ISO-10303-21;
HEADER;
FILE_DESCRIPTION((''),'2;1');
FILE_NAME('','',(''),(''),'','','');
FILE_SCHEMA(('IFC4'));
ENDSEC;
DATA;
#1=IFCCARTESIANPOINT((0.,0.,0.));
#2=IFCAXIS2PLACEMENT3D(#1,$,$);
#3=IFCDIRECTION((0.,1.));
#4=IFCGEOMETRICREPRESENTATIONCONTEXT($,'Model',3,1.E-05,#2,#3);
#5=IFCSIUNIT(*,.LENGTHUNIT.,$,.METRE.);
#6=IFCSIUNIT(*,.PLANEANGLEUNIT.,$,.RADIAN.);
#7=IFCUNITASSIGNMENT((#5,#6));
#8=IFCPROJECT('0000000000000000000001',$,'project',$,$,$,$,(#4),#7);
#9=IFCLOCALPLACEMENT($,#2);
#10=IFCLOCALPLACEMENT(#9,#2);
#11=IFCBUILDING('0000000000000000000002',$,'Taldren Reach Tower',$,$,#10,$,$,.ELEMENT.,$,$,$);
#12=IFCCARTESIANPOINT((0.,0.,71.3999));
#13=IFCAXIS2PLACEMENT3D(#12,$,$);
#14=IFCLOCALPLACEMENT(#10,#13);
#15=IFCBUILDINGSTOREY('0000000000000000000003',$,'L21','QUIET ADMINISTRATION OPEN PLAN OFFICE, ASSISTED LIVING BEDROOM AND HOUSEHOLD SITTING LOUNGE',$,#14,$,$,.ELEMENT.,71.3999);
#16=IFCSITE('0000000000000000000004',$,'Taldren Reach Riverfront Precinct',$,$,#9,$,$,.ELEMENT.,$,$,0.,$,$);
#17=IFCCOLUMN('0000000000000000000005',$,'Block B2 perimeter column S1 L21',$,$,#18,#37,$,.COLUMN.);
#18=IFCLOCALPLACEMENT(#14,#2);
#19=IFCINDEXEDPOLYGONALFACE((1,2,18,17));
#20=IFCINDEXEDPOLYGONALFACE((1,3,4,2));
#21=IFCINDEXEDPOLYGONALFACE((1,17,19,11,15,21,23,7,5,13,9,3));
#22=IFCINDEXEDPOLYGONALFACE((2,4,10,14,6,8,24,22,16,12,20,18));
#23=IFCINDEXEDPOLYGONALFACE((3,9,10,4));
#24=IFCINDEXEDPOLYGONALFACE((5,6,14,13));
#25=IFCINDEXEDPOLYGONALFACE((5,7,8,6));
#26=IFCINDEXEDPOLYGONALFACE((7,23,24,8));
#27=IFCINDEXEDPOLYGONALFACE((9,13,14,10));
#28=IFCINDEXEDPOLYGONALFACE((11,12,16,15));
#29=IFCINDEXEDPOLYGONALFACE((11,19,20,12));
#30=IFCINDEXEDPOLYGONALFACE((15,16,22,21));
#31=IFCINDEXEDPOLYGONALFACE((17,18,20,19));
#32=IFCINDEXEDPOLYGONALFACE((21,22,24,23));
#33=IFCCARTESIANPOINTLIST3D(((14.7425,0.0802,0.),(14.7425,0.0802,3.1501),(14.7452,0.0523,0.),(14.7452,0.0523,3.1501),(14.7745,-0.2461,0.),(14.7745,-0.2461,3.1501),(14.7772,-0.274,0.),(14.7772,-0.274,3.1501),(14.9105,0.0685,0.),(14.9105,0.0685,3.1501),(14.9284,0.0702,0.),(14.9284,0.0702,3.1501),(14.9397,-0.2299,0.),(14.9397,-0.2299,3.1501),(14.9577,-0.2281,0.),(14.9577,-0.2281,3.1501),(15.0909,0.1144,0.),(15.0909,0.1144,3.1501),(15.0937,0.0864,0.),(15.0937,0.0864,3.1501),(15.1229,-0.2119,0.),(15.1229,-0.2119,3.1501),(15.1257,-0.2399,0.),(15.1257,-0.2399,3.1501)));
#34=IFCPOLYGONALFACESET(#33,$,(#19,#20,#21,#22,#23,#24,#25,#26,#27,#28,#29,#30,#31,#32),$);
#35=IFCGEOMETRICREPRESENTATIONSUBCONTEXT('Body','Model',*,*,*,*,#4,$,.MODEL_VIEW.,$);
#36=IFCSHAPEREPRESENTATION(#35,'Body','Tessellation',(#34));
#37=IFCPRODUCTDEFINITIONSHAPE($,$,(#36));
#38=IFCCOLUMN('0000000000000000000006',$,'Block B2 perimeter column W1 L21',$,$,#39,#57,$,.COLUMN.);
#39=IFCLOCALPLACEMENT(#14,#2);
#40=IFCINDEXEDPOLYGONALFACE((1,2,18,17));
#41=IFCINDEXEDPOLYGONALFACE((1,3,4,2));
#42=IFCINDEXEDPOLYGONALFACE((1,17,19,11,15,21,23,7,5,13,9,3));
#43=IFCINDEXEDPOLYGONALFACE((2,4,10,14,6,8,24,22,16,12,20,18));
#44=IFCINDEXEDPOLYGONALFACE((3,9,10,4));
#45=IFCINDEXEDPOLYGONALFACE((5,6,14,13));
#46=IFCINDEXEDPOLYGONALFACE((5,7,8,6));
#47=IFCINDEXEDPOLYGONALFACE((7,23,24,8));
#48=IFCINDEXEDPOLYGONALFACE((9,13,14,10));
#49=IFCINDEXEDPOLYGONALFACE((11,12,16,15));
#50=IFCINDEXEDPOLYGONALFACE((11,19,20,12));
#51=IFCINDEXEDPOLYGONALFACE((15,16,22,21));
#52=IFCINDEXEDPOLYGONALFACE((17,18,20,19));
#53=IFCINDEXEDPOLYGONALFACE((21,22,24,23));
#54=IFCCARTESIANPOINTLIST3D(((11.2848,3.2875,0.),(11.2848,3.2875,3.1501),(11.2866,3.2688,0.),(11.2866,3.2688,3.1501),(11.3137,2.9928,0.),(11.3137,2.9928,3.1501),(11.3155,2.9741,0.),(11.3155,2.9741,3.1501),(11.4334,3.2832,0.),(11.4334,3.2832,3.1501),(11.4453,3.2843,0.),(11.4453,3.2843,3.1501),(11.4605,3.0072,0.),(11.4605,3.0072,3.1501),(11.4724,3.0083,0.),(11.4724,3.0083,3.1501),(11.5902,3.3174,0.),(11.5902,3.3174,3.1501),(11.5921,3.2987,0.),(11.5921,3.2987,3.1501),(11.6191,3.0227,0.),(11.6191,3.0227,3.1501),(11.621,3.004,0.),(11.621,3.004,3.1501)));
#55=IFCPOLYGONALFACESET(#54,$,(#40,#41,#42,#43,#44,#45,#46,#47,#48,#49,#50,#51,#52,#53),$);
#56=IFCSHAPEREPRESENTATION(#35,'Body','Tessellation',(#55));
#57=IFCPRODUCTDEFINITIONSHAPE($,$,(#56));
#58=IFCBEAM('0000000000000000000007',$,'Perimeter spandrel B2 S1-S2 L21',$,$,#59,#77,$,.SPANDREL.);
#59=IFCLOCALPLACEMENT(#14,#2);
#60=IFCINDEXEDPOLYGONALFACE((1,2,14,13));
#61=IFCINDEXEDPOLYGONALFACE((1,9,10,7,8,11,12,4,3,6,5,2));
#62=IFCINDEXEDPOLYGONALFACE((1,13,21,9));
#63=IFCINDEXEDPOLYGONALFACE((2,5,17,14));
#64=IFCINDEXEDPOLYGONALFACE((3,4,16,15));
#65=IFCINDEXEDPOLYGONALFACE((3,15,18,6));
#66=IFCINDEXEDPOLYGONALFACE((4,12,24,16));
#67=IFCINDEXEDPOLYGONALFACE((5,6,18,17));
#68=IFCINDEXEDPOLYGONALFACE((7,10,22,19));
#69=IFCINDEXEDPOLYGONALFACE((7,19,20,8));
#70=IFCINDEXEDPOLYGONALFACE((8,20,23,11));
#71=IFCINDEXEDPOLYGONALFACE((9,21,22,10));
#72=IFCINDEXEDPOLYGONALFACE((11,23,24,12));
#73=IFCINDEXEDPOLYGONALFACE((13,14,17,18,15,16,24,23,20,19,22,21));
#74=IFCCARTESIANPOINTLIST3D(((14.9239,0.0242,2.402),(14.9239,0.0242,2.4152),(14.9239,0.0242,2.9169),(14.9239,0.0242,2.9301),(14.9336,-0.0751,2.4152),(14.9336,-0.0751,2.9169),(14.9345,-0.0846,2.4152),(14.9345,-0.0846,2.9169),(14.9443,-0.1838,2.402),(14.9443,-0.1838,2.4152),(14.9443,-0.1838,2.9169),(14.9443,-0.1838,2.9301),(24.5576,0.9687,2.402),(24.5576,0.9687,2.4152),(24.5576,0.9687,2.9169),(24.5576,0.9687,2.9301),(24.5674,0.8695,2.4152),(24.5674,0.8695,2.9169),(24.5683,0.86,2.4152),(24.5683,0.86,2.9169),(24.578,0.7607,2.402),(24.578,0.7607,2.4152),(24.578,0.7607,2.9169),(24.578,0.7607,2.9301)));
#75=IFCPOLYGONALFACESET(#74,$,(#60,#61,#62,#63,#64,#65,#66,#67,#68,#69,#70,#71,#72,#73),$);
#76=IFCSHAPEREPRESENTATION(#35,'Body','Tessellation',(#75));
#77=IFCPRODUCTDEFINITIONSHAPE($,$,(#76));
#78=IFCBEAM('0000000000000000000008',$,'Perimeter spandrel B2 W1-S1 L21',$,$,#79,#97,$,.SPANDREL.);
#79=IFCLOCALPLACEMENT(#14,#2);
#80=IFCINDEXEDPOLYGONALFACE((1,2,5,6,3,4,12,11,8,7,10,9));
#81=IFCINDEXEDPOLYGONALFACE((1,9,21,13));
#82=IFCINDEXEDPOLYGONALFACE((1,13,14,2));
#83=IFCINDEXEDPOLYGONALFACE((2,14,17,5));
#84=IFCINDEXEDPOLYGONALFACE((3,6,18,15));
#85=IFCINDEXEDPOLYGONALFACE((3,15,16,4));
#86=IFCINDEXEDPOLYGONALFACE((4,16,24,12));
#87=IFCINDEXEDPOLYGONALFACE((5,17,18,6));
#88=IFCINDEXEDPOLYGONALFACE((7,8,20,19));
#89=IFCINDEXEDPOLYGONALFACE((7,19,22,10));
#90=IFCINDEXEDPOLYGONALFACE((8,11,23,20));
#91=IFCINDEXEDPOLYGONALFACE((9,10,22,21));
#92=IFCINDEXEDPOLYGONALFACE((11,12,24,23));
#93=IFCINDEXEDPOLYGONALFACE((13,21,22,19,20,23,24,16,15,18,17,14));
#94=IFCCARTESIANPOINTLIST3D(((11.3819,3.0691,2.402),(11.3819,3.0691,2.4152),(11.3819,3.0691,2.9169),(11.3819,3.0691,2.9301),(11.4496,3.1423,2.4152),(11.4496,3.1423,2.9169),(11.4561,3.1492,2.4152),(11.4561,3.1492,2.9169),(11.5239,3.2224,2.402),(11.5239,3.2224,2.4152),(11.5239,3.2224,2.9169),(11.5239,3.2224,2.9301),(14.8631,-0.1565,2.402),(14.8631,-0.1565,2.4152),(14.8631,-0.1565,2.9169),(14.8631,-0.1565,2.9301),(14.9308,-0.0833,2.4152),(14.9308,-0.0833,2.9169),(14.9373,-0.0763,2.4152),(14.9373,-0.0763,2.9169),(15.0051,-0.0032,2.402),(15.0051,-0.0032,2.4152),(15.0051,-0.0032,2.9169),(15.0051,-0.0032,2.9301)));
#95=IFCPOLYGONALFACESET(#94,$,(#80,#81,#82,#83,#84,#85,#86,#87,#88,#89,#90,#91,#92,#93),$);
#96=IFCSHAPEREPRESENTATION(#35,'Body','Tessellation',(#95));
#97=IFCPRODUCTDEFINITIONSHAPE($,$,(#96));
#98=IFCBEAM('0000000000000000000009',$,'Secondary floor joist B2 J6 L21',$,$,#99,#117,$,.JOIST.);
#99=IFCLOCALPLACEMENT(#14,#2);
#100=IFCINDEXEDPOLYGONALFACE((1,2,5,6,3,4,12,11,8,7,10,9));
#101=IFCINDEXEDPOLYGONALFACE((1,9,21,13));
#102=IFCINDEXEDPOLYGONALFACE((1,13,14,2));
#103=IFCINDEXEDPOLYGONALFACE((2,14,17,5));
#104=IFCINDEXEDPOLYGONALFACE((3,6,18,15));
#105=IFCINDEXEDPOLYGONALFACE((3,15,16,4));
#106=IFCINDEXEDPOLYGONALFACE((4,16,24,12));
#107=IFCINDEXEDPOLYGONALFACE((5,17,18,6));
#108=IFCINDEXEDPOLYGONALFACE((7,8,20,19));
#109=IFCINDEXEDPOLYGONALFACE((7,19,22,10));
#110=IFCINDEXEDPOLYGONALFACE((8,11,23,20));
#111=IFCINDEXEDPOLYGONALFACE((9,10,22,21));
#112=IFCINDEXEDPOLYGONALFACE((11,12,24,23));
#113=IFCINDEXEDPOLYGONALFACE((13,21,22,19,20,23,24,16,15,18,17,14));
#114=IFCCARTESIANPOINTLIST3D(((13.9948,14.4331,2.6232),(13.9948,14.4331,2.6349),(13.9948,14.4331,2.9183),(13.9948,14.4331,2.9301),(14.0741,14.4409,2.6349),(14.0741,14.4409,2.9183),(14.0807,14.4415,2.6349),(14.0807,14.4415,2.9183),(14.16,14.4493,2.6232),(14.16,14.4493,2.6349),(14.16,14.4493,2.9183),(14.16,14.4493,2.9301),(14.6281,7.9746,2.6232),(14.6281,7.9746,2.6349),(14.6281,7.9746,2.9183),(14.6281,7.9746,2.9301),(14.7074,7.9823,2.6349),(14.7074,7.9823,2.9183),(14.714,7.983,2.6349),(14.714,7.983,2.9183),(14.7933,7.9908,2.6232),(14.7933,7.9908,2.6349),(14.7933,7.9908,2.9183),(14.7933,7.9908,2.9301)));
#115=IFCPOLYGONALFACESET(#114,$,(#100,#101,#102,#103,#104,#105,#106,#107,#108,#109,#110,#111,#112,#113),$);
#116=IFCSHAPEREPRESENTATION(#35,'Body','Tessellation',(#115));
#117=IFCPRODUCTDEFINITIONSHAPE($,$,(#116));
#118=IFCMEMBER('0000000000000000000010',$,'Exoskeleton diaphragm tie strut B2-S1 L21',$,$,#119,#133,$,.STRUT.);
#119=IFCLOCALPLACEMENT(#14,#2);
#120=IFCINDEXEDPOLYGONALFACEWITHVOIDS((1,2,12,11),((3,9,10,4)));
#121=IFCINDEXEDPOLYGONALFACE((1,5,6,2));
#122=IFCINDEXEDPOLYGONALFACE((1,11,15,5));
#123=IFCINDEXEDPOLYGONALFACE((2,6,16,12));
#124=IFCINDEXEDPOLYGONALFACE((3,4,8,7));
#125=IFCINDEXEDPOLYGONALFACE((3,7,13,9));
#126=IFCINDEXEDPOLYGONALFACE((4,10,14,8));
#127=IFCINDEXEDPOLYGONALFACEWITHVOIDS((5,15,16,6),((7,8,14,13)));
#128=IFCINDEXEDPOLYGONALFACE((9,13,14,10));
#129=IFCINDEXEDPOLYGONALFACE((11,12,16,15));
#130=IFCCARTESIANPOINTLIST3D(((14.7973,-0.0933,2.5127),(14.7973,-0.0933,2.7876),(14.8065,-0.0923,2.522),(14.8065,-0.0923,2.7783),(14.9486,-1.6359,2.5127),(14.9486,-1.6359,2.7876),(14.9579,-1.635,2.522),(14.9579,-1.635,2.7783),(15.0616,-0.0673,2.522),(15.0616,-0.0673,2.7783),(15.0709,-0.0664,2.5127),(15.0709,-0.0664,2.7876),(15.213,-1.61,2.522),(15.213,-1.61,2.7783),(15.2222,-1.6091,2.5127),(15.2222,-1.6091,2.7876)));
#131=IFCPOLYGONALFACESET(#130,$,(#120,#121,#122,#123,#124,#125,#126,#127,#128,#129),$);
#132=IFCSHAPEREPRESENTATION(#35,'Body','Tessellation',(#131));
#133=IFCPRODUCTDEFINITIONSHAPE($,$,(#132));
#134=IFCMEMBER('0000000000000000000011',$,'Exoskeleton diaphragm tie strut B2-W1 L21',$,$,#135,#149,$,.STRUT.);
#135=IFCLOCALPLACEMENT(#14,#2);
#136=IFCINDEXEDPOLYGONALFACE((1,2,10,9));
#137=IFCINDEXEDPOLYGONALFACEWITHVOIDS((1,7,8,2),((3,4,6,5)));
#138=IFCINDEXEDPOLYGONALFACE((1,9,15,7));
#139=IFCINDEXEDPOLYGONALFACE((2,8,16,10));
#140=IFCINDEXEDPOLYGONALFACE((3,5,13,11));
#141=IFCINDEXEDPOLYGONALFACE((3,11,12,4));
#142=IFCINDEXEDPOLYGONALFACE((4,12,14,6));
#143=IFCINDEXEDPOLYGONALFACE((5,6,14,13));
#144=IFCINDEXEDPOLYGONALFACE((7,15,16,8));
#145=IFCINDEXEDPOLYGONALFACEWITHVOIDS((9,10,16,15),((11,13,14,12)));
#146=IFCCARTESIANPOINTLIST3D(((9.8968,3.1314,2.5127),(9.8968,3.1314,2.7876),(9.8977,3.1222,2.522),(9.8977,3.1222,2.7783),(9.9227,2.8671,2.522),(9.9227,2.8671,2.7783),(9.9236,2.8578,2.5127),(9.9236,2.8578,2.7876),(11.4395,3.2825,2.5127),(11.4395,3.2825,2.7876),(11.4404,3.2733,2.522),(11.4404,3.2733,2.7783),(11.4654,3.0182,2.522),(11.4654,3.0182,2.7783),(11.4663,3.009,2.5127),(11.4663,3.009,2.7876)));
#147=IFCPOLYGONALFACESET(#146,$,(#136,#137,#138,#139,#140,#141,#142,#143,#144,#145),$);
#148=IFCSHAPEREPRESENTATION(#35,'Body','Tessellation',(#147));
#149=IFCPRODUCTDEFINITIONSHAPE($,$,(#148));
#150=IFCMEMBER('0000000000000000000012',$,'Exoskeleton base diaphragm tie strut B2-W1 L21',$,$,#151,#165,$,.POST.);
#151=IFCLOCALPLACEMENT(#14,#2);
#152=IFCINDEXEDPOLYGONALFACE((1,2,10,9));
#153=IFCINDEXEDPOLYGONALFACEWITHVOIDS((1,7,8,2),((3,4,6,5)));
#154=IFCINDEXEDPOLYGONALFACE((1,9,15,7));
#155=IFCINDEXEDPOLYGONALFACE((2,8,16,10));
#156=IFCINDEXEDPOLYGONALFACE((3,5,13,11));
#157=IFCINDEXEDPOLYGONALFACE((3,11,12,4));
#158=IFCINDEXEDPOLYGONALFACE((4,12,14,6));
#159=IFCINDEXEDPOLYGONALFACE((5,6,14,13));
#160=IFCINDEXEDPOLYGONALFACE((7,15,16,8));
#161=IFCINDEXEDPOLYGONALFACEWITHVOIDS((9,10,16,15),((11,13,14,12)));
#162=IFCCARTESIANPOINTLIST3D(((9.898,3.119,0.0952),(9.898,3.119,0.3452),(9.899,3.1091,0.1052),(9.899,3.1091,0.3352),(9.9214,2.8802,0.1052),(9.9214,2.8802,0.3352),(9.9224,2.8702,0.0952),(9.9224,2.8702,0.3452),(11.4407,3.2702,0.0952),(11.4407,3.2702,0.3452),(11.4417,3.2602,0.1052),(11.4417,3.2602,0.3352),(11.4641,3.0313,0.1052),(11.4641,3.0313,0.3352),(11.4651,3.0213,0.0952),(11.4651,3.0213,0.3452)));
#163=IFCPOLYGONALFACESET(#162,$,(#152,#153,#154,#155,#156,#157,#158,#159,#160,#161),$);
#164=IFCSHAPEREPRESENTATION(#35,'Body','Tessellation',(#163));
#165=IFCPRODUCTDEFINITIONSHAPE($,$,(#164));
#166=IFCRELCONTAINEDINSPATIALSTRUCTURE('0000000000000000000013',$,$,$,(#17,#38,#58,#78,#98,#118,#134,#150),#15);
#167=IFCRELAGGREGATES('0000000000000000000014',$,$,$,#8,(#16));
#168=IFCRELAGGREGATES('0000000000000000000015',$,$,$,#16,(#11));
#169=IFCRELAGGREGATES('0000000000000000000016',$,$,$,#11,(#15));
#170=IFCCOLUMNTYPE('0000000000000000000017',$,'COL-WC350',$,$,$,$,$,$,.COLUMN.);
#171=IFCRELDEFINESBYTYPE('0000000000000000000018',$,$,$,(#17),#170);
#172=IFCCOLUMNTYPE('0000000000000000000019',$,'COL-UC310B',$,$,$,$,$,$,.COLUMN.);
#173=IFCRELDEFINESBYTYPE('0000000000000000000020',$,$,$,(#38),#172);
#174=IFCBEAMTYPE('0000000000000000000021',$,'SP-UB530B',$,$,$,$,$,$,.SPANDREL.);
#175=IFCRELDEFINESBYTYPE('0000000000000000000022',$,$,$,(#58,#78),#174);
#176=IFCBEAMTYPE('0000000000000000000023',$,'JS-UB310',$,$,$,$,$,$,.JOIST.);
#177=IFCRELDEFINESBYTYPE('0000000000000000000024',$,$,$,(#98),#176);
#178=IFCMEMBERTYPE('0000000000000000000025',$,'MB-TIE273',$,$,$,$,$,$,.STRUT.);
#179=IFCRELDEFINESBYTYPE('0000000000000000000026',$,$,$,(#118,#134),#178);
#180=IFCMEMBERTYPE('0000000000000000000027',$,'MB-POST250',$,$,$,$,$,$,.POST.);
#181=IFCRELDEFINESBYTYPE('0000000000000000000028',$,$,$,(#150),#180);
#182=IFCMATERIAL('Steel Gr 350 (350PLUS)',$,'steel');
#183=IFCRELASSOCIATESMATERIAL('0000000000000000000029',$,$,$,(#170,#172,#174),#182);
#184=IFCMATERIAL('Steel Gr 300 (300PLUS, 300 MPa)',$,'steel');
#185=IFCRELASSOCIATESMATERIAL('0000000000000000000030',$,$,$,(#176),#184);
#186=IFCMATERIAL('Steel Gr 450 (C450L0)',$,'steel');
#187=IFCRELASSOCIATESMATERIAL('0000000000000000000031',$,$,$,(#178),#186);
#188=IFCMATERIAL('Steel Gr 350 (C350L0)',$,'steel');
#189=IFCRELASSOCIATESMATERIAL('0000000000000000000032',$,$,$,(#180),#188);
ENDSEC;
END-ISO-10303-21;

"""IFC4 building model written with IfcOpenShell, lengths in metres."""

from ifc_helpers import new_model, si_unit, direction, frame, origin, origin_2d, place, context, subcontext, project, spatial, hollow_rectangle, i_section, extrude, source, transform, mapped, material, material_profile, profile_set, type_object, element, save


model = new_model("IFC4")

# Units and contexts
model_context = context("Model", 3, precision=1e-05, world=origin(), true_north=direction((0.0, 1.0)))
body_context = subcontext(model_context, "Body", "Model", "MODEL_VIEW")
ifc_project = project(units=[si_unit("LENGTHUNIT", "METRE"), si_unit("PLANEANGLEUNIT", "RADIAN")], contexts=[model_context])

# Site, building, storey
site_placement = place(None, origin())
site = spatial("IfcSite", under=ifc_project, at=site_placement, Name="Taldren Reach Riverfront Precinct", CompositionType="ELEMENT", RefElevation=0.0)
building_placement = place(site_placement, origin())
building = spatial("IfcBuilding", under=site, at=building_placement, Name="Taldren Reach Tower", CompositionType="ELEMENT")
storey_placement = place(building_placement, frame((0.0, 0.0, 71.3999)))
storey = spatial("IfcBuildingStorey", under=building, at=storey_placement, Name="L21", Description="QUIET ADMINISTRATION OPEN PLAN OFFICE, ASSISTED LIVING BEDROOM AND HOUSEHOLD SITTING LOUNGE", CompositionType="ELEMENT", Elevation=71.3999)

# Columns
ifc_material_1 = material(Name="Steel Gr 350 (350PLUS)", Category="steel")
ifc_material_profile_1 = material_profile(ifc_material_1, i_section(OverallWidth=0.3501, OverallDepth=0.356, WebThickness=0.0181, FlangeThickness=0.0281, at=origin_2d()), Name="350WC197")
ifc_profile_set_1 = profile_set([ifc_material_profile_1], Name="Steel Gr 350 (350PLUS)")
column_type_1 = type_object("IfcColumnType", Name="COL-WC350", PredefinedType="COLUMN", material=ifc_profile_set_1)
shared_shape_1 = source(origin(), body_context, "Body", "SweptSolid", [
    extrude(i_section(OverallWidth=0.3501, OverallDepth=0.356, WebThickness=0.0181, FlangeThickness=0.0281, at=origin_2d()), origin(), (0.0, 0.0, 1.0), 3.1501),
])
column_1_placement = place(storey_placement, frame((14.9341, -0.0798, 0.0), z_axis=(0.0, 0.0, 1.0), x_axis=(0.995227, 0.097583, 0.0)))
element("IfcColumn", 1, at=column_1_placement, inside=storey, type_object=column_type_1, Name="Block B2 perimeter column S1 L21", PredefinedType="COLUMN", context=body_context, shape_type="MappedRepresentation", body=[
    mapped(shared_shape_1, transform((0.0, 0.0, 0.0), scale=1.0)),
])
ifc_material_profile_2 = material_profile(ifc_material_1, i_section(OverallWidth=0.3069, OverallDepth=0.3149, WebThickness=0.012, FlangeThickness=0.0188, at=origin_2d()), Name="310UC118")
ifc_profile_set_2 = profile_set([ifc_material_profile_2], Name="Steel Gr 350 (350PLUS)")
column_type_2 = type_object("IfcColumnType", Name="COL-UC310B", PredefinedType="COLUMN", material=ifc_profile_set_2)
shared_shape_2 = source(origin(), body_context, "Body", "SweptSolid", [
    extrude(i_section(OverallWidth=0.3069, OverallDepth=0.3149, WebThickness=0.012, FlangeThickness=0.0188, at=origin_2d()), origin(), (0.0, 0.0, 1.0), 3.1501),
])
column_2_placement = place(storey_placement, frame((11.4529, 3.1458, 0.0), z_axis=(0.0, 0.0, 1.0), x_axis=(0.995227, 0.097583, 0.0)))
element("IfcColumn", 2, at=column_2_placement, inside=storey, type_object=column_type_2, Name="Block B2 perimeter column W1 L21", PredefinedType="COLUMN", context=body_context, shape_type="MappedRepresentation", body=[
    mapped(shared_shape_2, transform((0.0, 0.0, 0.0), scale=1.0)),
])

# Beams
ifc_material_profile_3 = material_profile(ifc_material_1, i_section(OverallWidth=0.209, OverallDepth=0.5281, WebThickness=0.0095, FlangeThickness=0.0132, at=origin_2d()), Name="530UB82.0")
ifc_profile_set_3 = profile_set([ifc_material_profile_3], Name="Steel Gr 350 (350PLUS)")
beam_type_1 = type_object("IfcBeamType", Name="SP-UB530B", PredefinedType="SPANDREL", material=ifc_profile_set_3)
shared_shape_3 = source(origin(), body_context, "Body", "SweptSolid", [
    extrude(i_section(OverallWidth=0.209, OverallDepth=0.5281, WebThickness=0.0095, FlangeThickness=0.0132, at=origin_2d()), origin(), (0.0, 0.0, 1.0), 9.6799),
])
beam_1_placement = place(storey_placement, frame((14.9341, -0.0798, 2.666), z_axis=(0.995228, 0.097581, 0.0), x_axis=(-0.097581, 0.995228, 0.0)))
element("IfcBeam", 3, at=beam_1_placement, inside=storey, type_object=beam_type_1, Name="Perimeter spandrel B2 S1-S2 L21", PredefinedType="SPANDREL", context=body_context, shape_type="MappedRepresentation", body=[
    mapped(shared_shape_3, transform((0.0, 0.0, 0.0), scale=1.0)),
])
shared_shape_4 = source(origin(), body_context, "Body", "SweptSolid", [
    extrude(i_section(OverallWidth=0.209, OverallDepth=0.5281, WebThickness=0.0095, FlangeThickness=0.0132, at=origin_2d()), origin(), (0.0, 0.0, 1.0), 4.7458),
])
beam_2_placement = place(storey_placement, frame((11.4529, 3.1458, 2.666), z_axis=(0.733524, -0.679663, 0.0), x_axis=(0.679663, 0.733524, 0.0)))
element("IfcBeam", 4, at=beam_2_placement, inside=storey, type_object=beam_type_1, Name="Perimeter spandrel B2 W1-S1 L21", PredefinedType="SPANDREL", context=body_context, shape_type="MappedRepresentation", body=[
    mapped(shared_shape_4, transform((0.0, 0.0, 0.0), scale=1.0)),
])
ifc_material_2 = material(Name="Steel Gr 300 (300PLUS, 300 MPa)", Category="steel")
ifc_material_profile_4 = material_profile(ifc_material_2, i_section(OverallWidth=0.166, OverallDepth=0.3069, WebThickness=0.0066, FlangeThickness=0.0117, at=origin_2d()), Name="310UB46.2")
ifc_profile_set_4 = profile_set([ifc_material_profile_4], Name="Steel Gr 300 (300PLUS, 300 MPa)")
beam_type_2 = type_object("IfcBeamType", Name="JS-UB310", PredefinedType="JOIST", material=ifc_profile_set_4)
shared_shape_5 = source(origin(), body_context, "Body", "SweptSolid", [
    extrude(i_section(OverallWidth=0.166, OverallDepth=0.3069, WebThickness=0.0066, FlangeThickness=0.0117, at=origin_2d()), origin(), (0.0, 0.0, 1.0), 6.4895),
])
beam_3_placement = place(storey_placement, frame((14.7107, 7.9827, 2.7766), z_axis=(-0.097589, 0.995227, 0.0), x_axis=(-0.995227, -0.097589, 0.0)))
element("IfcBeam", 5, at=beam_3_placement, inside=storey, type_object=beam_type_2, Name="Secondary floor joist B2 J6 L21", PredefinedType="JOIST", context=body_context, shape_type="MappedRepresentation", body=[
    mapped(shared_shape_5, transform((0.0, 0.0, 0.0), scale=1.0)),
])

# Members
ifc_material_3 = material(Name="Steel Gr 450 (C450L0)", Category="steel")
ifc_material_profile_5 = material_profile(ifc_material_3, hollow_rectangle(XDim=0.2749, YDim=0.2749, WallThickness=0.0093, at=origin_2d()), Name="275x275x9.3SHS")
ifc_profile_set_5 = profile_set([ifc_material_profile_5], Name="Steel Gr 450 (C450L0)")
member_type_1 = type_object("IfcMemberType", Name="MB-TIE273", PredefinedType="STRUT", material=ifc_profile_set_5)
shared_shape_6 = source(origin(), body_context, "Body", "SweptSolid", [
    extrude(hollow_rectangle(XDim=0.2749, YDim=0.2749, WallThickness=0.0093, at=origin_2d()), origin(), (0.0, 0.0, 1.0), 1.55),
])
for number, where, z_axis, x_axis, name in (
    (6, (14.9341, -0.0798, 2.6501), (0.097648, -0.995221, 0.0), (0.995221, 0.097648, 0.0), "Exoskeleton diaphragm tie strut B2-S1 L21"),
    (7, (11.4529, 3.1458, 2.6501), (-0.995236, -0.097492, 0.0), (0.097492, -0.995236, 0.0), "Exoskeleton diaphragm tie strut B2-W1 L21"),
):
    element("IfcMember", number, at=place(storey_placement, frame(where, z_axis=z_axis, x_axis=x_axis)), inside=storey, type_object=member_type_1, Name=name, PredefinedType="STRUT", context=body_context, shape_type="MappedRepresentation", body=[
        mapped(shared_shape_6, transform((0.0, 0.0, 0.0), scale=1.0)),
    ])
ifc_material_4 = material(Name="Steel Gr 350 (C350L0)", Category="steel")
ifc_material_profile_6 = material_profile(ifc_material_4, hollow_rectangle(XDim=0.25, YDim=0.25, WallThickness=0.01, at=origin_2d()), Name="250x250x10.0SHS")
ifc_profile_set_6 = profile_set([ifc_material_profile_6], Name="Steel Gr 350 (C350L0)")
member_type_2 = type_object("IfcMemberType", Name="MB-POST250", PredefinedType="POST", material=ifc_profile_set_6)
shared_shape_7 = source(origin(), body_context, "Body", "SweptSolid", [
    extrude(hollow_rectangle(XDim=0.25, YDim=0.25, WallThickness=0.01, at=origin_2d()), origin(), (0.0, 0.0, 1.0), 1.55),
])
for number, where, z_axis, x_axis, name in (
    (8, (11.4529, 3.1458, 0.2202), (-0.995236, -0.097492, 0.0), (0.097492, -0.995236, 0.0), "Exoskeleton base diaphragm tie strut B2-W1 L21"),
):
    element("IfcMember", number, at=place(storey_placement, frame(where, z_axis=z_axis, x_axis=x_axis)), inside=storey, type_object=member_type_2, Name=name, PredefinedType="POST", context=body_context, shape_type="MappedRepresentation", body=[
        mapped(shared_shape_7, transform((0.0, 0.0, 0.0), scale=1.0)),
    ])

save(model, "model.ifc")
